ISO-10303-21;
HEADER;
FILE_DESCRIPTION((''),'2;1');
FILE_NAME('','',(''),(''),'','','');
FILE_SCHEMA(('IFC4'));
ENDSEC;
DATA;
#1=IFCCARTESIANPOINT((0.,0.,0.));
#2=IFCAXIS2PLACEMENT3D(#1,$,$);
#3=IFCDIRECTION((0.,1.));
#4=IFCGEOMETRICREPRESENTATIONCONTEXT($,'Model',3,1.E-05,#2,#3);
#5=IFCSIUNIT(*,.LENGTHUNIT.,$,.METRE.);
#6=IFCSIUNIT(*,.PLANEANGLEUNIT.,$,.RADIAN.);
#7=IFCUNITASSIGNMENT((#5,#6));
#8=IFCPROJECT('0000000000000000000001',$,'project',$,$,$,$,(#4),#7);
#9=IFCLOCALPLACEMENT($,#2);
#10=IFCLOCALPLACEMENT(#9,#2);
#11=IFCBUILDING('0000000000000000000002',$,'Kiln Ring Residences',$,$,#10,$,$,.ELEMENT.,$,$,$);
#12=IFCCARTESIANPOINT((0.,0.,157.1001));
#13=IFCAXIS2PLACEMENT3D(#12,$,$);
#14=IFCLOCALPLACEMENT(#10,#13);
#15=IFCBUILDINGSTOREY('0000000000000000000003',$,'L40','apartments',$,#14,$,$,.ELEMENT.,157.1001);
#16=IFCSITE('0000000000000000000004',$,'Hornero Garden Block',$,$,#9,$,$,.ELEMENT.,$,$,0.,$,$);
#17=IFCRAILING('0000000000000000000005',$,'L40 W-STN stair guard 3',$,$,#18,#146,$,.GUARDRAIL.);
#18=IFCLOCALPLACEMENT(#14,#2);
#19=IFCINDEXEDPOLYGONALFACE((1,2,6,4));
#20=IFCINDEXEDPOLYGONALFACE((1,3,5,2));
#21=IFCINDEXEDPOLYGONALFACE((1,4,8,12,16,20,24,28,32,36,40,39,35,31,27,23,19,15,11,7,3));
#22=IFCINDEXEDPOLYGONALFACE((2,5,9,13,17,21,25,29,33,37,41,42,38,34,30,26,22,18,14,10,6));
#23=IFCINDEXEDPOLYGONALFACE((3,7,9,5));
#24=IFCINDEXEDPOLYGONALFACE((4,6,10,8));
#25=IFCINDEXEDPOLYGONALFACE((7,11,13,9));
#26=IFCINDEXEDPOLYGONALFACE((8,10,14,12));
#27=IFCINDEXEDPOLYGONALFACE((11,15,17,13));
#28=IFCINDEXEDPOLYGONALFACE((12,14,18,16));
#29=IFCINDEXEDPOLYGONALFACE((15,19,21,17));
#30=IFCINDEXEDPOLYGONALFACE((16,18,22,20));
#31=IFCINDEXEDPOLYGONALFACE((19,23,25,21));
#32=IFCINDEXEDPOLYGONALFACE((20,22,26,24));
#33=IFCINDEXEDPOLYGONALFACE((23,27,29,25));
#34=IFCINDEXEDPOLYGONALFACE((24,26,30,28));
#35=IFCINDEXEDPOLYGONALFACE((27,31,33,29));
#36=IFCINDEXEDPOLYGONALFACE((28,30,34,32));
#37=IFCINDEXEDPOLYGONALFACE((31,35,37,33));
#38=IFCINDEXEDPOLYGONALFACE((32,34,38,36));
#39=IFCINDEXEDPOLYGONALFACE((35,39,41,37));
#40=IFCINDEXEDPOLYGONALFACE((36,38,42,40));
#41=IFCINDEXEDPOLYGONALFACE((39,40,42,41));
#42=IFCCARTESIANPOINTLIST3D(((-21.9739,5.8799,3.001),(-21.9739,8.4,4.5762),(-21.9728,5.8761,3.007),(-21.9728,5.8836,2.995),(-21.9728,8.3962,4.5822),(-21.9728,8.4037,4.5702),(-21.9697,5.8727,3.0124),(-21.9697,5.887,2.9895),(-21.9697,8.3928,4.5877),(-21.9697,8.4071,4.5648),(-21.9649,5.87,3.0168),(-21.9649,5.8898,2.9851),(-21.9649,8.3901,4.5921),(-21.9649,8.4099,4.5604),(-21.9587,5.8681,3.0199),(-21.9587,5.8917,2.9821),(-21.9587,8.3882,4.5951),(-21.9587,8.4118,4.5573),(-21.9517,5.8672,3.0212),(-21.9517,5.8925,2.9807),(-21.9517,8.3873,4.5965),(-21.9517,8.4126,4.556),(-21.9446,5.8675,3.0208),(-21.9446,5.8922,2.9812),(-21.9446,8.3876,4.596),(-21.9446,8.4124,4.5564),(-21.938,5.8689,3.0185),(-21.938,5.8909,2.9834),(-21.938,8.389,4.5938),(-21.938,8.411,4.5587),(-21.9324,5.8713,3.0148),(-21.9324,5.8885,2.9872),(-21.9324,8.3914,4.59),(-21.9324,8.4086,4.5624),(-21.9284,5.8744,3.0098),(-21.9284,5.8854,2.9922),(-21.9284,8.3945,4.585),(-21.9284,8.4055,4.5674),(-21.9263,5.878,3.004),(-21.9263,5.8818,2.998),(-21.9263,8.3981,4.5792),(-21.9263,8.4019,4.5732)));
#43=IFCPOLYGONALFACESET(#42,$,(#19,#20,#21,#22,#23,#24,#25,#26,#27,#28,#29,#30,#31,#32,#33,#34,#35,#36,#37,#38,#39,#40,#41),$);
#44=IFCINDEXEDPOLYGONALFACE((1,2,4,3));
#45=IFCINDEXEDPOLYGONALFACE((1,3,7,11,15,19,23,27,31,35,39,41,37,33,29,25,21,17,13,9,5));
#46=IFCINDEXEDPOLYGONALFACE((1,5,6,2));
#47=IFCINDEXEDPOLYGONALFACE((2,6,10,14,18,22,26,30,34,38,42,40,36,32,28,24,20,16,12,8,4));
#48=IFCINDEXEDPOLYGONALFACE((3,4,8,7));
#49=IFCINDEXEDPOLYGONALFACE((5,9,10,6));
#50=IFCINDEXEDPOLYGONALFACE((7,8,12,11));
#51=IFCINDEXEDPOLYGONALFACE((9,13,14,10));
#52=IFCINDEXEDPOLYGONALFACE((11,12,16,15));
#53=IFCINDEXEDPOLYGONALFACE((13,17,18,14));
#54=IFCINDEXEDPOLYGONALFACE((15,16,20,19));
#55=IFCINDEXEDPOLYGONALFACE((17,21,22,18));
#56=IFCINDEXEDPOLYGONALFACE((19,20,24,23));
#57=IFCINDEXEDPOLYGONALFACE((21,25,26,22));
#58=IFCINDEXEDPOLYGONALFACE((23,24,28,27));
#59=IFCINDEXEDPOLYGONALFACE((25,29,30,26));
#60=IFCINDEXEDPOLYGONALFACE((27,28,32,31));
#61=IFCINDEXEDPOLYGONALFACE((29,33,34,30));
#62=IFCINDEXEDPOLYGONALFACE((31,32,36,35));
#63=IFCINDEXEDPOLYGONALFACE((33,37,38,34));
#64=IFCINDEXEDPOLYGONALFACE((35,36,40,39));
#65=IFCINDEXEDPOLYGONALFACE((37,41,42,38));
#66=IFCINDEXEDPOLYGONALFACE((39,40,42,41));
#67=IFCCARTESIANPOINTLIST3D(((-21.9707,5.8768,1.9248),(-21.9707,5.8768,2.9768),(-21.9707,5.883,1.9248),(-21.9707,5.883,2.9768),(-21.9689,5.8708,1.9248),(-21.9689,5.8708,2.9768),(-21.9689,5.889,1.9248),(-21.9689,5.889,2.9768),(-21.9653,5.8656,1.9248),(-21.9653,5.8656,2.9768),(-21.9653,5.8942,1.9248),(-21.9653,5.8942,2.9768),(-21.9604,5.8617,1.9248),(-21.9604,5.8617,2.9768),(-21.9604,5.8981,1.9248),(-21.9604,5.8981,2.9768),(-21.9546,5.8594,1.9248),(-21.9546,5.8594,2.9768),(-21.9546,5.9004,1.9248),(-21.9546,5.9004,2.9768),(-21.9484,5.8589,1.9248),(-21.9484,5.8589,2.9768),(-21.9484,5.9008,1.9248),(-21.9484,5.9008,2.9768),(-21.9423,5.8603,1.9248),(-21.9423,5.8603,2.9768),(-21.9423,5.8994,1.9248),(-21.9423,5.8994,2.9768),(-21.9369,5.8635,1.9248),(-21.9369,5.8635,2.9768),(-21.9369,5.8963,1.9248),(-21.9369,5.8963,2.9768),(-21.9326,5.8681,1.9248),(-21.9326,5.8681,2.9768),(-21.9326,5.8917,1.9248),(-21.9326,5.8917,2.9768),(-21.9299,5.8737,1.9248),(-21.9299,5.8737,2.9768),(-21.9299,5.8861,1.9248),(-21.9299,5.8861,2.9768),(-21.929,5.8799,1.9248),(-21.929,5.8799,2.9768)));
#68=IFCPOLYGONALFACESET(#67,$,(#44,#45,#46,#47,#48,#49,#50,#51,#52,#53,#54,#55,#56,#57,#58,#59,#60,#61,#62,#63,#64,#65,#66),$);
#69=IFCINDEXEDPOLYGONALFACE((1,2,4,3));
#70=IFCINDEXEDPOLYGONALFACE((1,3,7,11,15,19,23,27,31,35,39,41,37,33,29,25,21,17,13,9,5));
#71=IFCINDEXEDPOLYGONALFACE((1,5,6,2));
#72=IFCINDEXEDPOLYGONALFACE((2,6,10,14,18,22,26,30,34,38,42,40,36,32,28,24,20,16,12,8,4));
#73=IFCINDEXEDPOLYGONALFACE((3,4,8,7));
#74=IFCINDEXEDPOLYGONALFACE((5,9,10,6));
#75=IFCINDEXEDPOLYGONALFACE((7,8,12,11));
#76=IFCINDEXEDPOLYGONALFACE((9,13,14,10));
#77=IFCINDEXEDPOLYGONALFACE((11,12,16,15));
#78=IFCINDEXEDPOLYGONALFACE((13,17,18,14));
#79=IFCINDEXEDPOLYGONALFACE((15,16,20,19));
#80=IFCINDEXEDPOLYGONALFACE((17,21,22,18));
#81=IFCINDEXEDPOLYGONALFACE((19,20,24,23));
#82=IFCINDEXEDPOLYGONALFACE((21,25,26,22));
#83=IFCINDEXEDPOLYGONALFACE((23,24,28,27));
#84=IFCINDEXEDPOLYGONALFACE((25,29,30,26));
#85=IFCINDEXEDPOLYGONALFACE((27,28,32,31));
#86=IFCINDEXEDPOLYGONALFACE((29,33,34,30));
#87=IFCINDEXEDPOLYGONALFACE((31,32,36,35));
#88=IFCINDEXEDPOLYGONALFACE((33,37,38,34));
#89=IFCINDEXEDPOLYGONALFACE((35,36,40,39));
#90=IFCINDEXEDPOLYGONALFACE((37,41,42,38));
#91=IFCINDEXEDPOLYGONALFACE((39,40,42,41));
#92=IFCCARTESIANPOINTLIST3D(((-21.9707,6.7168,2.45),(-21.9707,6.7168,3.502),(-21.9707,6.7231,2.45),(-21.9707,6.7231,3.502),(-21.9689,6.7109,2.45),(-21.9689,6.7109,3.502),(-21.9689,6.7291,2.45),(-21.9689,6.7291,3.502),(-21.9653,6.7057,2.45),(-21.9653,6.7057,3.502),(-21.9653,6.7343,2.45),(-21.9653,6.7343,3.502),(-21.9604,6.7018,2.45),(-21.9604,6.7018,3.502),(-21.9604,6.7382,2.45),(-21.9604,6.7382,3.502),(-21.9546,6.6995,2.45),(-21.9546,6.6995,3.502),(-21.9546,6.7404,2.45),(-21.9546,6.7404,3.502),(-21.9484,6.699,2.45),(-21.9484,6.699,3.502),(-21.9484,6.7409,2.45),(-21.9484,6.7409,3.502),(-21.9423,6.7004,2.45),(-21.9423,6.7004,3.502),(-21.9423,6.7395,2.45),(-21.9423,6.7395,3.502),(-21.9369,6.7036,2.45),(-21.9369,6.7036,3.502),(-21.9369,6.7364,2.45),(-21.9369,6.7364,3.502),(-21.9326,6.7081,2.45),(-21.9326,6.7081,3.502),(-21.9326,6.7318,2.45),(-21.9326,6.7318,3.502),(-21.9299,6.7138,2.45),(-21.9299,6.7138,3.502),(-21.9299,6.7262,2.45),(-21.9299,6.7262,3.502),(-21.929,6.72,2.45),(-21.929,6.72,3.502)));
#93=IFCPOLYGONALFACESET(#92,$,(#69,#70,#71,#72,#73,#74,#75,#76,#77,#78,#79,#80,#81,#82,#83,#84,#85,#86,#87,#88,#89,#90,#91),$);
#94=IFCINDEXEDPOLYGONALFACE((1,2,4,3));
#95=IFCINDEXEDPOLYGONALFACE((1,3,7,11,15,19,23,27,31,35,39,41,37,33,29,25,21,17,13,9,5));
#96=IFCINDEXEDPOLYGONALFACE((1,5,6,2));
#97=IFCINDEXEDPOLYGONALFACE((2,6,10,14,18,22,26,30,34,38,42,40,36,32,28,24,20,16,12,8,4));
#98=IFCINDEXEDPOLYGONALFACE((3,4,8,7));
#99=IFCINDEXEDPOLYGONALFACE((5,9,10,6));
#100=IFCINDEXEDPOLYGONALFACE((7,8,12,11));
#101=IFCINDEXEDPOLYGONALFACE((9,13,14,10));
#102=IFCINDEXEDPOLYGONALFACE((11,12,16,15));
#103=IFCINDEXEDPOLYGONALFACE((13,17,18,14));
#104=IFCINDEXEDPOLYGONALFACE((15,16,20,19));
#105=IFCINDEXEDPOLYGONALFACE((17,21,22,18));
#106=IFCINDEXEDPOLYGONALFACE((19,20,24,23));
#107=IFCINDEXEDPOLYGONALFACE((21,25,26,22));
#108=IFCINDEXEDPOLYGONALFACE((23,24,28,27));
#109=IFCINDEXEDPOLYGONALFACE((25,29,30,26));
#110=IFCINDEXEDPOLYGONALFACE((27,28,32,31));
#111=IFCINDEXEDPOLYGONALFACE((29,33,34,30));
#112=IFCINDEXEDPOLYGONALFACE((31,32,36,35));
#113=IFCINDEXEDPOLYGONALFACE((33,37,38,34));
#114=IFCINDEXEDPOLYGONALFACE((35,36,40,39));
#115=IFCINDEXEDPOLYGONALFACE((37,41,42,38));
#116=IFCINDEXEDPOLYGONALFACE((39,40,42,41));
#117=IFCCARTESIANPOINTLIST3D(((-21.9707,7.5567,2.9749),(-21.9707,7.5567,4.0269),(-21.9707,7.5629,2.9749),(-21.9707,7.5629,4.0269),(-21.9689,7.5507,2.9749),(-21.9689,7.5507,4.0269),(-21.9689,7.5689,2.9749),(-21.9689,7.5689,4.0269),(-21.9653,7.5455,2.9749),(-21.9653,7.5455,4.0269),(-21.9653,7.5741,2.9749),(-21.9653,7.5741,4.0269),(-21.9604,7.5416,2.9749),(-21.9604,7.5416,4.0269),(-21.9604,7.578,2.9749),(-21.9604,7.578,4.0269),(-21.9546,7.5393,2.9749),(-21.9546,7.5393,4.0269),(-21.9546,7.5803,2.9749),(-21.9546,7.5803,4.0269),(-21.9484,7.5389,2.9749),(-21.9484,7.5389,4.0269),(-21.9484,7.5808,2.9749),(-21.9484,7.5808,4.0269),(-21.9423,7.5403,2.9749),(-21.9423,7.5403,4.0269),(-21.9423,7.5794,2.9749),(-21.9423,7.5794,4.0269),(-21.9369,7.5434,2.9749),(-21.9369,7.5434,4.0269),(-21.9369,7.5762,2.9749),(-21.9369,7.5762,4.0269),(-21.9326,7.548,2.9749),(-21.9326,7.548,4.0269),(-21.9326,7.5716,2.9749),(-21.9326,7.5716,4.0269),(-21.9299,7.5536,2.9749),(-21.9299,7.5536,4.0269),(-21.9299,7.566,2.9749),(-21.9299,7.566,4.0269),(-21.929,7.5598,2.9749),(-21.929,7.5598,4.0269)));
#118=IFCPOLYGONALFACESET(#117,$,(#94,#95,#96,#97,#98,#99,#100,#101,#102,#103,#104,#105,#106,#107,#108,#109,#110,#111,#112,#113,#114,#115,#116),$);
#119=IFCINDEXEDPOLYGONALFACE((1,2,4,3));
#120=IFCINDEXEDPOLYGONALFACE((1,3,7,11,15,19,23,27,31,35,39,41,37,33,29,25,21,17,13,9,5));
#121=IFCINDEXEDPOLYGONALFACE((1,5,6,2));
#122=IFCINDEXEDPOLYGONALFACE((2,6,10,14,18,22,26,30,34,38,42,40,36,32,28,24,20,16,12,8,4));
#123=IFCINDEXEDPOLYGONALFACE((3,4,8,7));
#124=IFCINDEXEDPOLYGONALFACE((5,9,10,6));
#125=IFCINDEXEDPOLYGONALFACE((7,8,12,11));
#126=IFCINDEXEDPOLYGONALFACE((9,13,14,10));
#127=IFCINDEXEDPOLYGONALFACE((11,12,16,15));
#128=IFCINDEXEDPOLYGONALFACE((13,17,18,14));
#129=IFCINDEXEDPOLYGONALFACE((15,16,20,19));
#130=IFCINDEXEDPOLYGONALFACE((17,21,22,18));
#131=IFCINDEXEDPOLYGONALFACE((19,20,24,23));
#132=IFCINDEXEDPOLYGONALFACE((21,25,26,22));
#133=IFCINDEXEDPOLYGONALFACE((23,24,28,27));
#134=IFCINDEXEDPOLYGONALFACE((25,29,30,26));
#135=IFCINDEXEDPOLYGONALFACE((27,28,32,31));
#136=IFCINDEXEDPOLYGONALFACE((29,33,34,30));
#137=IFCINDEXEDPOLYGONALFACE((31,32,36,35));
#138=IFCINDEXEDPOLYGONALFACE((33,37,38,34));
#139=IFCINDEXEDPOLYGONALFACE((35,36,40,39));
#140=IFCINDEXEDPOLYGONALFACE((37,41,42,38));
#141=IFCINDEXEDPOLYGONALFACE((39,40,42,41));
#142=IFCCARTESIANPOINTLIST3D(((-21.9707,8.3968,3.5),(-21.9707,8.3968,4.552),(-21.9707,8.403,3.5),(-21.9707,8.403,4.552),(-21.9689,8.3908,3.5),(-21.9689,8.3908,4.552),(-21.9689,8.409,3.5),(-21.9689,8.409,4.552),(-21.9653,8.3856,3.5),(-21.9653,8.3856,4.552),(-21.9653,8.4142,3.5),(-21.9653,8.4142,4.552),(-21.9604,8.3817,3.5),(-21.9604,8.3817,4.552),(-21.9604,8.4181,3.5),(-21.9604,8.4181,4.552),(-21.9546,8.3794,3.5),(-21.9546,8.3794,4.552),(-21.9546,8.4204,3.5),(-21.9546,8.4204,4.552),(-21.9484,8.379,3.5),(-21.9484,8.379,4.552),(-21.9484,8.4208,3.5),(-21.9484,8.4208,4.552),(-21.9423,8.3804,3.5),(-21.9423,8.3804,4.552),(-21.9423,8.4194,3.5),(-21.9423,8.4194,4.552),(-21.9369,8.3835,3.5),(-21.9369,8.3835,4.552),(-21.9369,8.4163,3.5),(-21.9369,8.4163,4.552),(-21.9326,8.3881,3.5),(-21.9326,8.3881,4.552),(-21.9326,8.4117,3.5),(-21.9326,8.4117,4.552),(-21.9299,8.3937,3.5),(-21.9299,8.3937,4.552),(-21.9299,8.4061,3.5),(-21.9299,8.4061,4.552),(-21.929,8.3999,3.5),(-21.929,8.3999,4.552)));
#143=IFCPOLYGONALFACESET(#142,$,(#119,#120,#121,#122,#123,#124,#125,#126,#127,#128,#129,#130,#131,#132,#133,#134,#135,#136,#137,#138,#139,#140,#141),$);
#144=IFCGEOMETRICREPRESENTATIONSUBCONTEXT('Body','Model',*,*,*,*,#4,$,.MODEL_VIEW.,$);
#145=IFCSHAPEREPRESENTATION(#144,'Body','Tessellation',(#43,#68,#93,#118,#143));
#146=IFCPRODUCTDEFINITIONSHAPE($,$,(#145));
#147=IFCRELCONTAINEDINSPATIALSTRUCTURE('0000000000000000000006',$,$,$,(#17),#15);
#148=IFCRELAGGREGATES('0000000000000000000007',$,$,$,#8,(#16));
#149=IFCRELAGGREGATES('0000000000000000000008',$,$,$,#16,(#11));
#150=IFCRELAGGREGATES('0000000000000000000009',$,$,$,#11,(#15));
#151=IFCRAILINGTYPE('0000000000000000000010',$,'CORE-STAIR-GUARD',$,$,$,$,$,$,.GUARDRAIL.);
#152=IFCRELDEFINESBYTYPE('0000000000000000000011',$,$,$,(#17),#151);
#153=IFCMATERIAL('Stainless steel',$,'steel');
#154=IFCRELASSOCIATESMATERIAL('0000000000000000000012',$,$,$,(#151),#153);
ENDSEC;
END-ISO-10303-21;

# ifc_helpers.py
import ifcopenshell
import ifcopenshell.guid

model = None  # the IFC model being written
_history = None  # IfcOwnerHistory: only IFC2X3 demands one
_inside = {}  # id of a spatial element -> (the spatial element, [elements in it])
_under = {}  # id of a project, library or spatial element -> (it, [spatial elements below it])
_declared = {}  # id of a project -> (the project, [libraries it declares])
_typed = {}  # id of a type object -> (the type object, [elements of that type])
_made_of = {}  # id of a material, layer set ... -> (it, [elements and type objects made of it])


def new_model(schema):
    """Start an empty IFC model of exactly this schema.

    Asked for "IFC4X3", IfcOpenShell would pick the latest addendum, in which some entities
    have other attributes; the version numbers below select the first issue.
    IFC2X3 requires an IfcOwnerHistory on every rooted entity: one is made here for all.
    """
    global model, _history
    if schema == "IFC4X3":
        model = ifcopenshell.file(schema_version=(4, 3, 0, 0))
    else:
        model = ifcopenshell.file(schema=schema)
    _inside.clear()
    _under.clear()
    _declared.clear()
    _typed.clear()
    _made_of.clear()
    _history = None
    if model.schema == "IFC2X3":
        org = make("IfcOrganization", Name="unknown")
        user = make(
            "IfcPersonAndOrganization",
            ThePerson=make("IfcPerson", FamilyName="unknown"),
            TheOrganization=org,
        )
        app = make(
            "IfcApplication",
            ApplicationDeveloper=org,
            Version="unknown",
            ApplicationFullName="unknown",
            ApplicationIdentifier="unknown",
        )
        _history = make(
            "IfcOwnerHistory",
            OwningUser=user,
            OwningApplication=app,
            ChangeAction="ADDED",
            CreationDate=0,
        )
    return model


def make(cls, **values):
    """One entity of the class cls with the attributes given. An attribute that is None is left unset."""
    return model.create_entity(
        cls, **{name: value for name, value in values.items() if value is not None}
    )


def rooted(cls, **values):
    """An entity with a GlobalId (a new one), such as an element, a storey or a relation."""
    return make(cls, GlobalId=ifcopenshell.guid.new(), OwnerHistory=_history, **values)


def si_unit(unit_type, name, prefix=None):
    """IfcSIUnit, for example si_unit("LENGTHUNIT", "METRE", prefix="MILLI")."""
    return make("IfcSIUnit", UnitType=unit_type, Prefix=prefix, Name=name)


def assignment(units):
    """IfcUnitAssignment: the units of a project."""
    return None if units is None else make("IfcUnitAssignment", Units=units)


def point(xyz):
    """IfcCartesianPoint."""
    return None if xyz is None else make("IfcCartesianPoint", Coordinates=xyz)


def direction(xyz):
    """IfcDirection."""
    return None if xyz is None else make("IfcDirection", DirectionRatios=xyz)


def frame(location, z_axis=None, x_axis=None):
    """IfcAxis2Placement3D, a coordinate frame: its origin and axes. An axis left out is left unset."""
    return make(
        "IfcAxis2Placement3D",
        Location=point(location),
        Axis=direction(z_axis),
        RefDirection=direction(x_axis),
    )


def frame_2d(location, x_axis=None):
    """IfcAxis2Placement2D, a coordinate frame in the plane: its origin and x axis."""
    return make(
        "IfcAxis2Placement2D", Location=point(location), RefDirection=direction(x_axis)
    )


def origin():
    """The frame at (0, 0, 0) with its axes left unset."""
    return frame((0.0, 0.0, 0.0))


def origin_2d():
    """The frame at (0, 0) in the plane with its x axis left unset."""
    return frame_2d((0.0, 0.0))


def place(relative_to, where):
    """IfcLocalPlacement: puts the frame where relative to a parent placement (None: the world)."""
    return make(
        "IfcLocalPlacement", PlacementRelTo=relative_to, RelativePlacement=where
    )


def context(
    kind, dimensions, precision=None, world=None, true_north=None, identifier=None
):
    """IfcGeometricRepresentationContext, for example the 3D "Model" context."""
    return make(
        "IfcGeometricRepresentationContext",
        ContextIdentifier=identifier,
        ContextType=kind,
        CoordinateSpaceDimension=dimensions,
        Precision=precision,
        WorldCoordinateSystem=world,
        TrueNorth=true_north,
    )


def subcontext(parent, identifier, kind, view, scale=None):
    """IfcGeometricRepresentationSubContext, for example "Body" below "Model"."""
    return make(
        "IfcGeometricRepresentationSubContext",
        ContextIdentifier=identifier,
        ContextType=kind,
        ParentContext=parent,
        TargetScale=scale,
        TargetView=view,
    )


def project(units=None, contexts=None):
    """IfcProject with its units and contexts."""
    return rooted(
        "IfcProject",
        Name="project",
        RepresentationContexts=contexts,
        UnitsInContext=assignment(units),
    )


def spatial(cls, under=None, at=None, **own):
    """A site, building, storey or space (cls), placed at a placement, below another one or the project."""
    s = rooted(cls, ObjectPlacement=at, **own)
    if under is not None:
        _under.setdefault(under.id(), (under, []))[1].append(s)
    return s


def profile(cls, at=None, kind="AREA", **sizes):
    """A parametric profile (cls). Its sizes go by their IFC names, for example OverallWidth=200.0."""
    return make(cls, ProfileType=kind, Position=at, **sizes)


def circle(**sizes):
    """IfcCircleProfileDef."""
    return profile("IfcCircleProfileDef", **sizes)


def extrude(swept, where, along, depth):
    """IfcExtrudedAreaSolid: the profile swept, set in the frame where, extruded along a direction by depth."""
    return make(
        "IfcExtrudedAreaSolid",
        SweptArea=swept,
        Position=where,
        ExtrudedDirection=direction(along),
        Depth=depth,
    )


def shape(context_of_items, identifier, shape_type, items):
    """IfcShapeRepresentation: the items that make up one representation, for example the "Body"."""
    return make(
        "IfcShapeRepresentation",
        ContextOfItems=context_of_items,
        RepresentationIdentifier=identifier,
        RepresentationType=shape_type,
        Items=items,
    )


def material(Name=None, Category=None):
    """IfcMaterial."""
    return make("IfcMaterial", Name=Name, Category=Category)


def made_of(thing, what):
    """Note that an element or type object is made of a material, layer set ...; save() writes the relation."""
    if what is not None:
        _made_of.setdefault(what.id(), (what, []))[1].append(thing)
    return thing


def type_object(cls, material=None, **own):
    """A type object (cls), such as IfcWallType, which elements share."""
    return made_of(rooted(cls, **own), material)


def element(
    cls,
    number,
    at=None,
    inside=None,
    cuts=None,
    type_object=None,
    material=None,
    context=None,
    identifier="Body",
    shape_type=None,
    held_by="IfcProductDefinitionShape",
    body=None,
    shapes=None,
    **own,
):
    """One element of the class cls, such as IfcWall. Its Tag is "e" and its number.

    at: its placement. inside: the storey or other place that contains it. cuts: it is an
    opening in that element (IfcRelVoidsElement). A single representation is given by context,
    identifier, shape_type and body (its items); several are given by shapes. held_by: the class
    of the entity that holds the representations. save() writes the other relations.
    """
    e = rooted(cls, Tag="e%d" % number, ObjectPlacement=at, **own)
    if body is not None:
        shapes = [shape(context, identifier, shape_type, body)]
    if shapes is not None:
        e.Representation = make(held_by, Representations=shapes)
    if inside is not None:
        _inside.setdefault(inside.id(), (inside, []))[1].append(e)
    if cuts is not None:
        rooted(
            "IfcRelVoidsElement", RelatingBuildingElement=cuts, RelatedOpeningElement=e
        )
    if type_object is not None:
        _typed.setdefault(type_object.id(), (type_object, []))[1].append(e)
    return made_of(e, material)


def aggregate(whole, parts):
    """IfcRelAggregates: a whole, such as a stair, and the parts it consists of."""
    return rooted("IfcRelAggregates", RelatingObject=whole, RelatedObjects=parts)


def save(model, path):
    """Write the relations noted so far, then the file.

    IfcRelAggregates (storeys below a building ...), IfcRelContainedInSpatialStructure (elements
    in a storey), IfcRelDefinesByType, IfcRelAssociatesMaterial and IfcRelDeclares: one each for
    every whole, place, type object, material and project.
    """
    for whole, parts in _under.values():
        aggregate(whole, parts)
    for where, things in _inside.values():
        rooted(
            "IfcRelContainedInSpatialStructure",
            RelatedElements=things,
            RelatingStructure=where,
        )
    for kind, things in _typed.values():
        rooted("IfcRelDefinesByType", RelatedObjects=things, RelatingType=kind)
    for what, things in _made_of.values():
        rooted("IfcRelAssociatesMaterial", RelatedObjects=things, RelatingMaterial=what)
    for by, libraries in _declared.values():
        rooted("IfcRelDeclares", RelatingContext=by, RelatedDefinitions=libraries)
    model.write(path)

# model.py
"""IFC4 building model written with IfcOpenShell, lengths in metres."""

from ifc_helpers import new_model, si_unit, direction, frame, origin, origin_2d, place, context, subcontext, project, spatial, circle, extrude, material, type_object, element, save


model = new_model("IFC4")

# Units and contexts
model_context = context("Model", 3, precision=1e-05, world=origin(), true_north=direction((0.0, 1.0)))
body_context = subcontext(model_context, "Body", "Model", "MODEL_VIEW")
ifc_project = project(units=[si_unit("LENGTHUNIT", "METRE"), si_unit("PLANEANGLEUNIT", "RADIAN")], contexts=[model_context])

# Site, building, storey
site_placement = place(None, origin())
site = spatial("IfcSite", under=ifc_project, at=site_placement, Name="Hornero Garden Block", CompositionType="ELEMENT", RefElevation=0.0)
building_placement = place(site_placement, origin())
building = spatial("IfcBuilding", under=site, at=building_placement, Name="Kiln Ring Residences", CompositionType="ELEMENT")
storey_placement = place(building_placement, frame((0.0, 0.0, 157.1001)))
storey = spatial("IfcBuildingStorey", under=building, at=storey_placement, Name="L40", Description="apartments", CompositionType="ELEMENT", Elevation=157.1001)

# Railing
ifc_material_1 = material(Name="Stainless steel", Category="steel")
railing_type_1 = type_object("IfcRailingType", Name="CORE-STAIR-GUARD", PredefinedType="GUARDRAIL", material=ifc_material_1)
railing_1_placement = place(storey_placement, frame((-21.95, 5.8799, 1.9248)))
element("IfcRailing", 1, at=railing_1_placement, inside=storey, type_object=railing_type_1, Name="L40 W-STN stair guard 3", PredefinedType="GUARDRAIL", context=body_context, shape_type="SweptSolid", body=[
    extrude(circle(Radius=0.0239, at=origin_2d()), frame((0.0, 0.0, 1.0762), z_axis=(0.0, 0.847971, 0.530043), x_axis=(-1.0, 0.0, 0.0)), (0.0, 0.0, 1.0), 2.9719),
    extrude(circle(Radius=0.021, at=origin_2d()), origin(), (0.0, 0.0, 1.0), 1.052),
    extrude(circle(Radius=0.021, at=origin_2d()), frame((0.0, 0.8401, 0.5251)), (0.0, 0.0, 1.0), 1.052),
    extrude(circle(Radius=0.021, at=origin_2d()), frame((0.0, 1.6799, 1.05)), (0.0, 0.0, 1.0), 1.052),
    extrude(circle(Radius=0.021, at=origin_2d()), frame((0.0, 2.52, 1.5752)), (0.0, 0.0, 1.0), 1.052),
])

save(model, "model.ifc")
